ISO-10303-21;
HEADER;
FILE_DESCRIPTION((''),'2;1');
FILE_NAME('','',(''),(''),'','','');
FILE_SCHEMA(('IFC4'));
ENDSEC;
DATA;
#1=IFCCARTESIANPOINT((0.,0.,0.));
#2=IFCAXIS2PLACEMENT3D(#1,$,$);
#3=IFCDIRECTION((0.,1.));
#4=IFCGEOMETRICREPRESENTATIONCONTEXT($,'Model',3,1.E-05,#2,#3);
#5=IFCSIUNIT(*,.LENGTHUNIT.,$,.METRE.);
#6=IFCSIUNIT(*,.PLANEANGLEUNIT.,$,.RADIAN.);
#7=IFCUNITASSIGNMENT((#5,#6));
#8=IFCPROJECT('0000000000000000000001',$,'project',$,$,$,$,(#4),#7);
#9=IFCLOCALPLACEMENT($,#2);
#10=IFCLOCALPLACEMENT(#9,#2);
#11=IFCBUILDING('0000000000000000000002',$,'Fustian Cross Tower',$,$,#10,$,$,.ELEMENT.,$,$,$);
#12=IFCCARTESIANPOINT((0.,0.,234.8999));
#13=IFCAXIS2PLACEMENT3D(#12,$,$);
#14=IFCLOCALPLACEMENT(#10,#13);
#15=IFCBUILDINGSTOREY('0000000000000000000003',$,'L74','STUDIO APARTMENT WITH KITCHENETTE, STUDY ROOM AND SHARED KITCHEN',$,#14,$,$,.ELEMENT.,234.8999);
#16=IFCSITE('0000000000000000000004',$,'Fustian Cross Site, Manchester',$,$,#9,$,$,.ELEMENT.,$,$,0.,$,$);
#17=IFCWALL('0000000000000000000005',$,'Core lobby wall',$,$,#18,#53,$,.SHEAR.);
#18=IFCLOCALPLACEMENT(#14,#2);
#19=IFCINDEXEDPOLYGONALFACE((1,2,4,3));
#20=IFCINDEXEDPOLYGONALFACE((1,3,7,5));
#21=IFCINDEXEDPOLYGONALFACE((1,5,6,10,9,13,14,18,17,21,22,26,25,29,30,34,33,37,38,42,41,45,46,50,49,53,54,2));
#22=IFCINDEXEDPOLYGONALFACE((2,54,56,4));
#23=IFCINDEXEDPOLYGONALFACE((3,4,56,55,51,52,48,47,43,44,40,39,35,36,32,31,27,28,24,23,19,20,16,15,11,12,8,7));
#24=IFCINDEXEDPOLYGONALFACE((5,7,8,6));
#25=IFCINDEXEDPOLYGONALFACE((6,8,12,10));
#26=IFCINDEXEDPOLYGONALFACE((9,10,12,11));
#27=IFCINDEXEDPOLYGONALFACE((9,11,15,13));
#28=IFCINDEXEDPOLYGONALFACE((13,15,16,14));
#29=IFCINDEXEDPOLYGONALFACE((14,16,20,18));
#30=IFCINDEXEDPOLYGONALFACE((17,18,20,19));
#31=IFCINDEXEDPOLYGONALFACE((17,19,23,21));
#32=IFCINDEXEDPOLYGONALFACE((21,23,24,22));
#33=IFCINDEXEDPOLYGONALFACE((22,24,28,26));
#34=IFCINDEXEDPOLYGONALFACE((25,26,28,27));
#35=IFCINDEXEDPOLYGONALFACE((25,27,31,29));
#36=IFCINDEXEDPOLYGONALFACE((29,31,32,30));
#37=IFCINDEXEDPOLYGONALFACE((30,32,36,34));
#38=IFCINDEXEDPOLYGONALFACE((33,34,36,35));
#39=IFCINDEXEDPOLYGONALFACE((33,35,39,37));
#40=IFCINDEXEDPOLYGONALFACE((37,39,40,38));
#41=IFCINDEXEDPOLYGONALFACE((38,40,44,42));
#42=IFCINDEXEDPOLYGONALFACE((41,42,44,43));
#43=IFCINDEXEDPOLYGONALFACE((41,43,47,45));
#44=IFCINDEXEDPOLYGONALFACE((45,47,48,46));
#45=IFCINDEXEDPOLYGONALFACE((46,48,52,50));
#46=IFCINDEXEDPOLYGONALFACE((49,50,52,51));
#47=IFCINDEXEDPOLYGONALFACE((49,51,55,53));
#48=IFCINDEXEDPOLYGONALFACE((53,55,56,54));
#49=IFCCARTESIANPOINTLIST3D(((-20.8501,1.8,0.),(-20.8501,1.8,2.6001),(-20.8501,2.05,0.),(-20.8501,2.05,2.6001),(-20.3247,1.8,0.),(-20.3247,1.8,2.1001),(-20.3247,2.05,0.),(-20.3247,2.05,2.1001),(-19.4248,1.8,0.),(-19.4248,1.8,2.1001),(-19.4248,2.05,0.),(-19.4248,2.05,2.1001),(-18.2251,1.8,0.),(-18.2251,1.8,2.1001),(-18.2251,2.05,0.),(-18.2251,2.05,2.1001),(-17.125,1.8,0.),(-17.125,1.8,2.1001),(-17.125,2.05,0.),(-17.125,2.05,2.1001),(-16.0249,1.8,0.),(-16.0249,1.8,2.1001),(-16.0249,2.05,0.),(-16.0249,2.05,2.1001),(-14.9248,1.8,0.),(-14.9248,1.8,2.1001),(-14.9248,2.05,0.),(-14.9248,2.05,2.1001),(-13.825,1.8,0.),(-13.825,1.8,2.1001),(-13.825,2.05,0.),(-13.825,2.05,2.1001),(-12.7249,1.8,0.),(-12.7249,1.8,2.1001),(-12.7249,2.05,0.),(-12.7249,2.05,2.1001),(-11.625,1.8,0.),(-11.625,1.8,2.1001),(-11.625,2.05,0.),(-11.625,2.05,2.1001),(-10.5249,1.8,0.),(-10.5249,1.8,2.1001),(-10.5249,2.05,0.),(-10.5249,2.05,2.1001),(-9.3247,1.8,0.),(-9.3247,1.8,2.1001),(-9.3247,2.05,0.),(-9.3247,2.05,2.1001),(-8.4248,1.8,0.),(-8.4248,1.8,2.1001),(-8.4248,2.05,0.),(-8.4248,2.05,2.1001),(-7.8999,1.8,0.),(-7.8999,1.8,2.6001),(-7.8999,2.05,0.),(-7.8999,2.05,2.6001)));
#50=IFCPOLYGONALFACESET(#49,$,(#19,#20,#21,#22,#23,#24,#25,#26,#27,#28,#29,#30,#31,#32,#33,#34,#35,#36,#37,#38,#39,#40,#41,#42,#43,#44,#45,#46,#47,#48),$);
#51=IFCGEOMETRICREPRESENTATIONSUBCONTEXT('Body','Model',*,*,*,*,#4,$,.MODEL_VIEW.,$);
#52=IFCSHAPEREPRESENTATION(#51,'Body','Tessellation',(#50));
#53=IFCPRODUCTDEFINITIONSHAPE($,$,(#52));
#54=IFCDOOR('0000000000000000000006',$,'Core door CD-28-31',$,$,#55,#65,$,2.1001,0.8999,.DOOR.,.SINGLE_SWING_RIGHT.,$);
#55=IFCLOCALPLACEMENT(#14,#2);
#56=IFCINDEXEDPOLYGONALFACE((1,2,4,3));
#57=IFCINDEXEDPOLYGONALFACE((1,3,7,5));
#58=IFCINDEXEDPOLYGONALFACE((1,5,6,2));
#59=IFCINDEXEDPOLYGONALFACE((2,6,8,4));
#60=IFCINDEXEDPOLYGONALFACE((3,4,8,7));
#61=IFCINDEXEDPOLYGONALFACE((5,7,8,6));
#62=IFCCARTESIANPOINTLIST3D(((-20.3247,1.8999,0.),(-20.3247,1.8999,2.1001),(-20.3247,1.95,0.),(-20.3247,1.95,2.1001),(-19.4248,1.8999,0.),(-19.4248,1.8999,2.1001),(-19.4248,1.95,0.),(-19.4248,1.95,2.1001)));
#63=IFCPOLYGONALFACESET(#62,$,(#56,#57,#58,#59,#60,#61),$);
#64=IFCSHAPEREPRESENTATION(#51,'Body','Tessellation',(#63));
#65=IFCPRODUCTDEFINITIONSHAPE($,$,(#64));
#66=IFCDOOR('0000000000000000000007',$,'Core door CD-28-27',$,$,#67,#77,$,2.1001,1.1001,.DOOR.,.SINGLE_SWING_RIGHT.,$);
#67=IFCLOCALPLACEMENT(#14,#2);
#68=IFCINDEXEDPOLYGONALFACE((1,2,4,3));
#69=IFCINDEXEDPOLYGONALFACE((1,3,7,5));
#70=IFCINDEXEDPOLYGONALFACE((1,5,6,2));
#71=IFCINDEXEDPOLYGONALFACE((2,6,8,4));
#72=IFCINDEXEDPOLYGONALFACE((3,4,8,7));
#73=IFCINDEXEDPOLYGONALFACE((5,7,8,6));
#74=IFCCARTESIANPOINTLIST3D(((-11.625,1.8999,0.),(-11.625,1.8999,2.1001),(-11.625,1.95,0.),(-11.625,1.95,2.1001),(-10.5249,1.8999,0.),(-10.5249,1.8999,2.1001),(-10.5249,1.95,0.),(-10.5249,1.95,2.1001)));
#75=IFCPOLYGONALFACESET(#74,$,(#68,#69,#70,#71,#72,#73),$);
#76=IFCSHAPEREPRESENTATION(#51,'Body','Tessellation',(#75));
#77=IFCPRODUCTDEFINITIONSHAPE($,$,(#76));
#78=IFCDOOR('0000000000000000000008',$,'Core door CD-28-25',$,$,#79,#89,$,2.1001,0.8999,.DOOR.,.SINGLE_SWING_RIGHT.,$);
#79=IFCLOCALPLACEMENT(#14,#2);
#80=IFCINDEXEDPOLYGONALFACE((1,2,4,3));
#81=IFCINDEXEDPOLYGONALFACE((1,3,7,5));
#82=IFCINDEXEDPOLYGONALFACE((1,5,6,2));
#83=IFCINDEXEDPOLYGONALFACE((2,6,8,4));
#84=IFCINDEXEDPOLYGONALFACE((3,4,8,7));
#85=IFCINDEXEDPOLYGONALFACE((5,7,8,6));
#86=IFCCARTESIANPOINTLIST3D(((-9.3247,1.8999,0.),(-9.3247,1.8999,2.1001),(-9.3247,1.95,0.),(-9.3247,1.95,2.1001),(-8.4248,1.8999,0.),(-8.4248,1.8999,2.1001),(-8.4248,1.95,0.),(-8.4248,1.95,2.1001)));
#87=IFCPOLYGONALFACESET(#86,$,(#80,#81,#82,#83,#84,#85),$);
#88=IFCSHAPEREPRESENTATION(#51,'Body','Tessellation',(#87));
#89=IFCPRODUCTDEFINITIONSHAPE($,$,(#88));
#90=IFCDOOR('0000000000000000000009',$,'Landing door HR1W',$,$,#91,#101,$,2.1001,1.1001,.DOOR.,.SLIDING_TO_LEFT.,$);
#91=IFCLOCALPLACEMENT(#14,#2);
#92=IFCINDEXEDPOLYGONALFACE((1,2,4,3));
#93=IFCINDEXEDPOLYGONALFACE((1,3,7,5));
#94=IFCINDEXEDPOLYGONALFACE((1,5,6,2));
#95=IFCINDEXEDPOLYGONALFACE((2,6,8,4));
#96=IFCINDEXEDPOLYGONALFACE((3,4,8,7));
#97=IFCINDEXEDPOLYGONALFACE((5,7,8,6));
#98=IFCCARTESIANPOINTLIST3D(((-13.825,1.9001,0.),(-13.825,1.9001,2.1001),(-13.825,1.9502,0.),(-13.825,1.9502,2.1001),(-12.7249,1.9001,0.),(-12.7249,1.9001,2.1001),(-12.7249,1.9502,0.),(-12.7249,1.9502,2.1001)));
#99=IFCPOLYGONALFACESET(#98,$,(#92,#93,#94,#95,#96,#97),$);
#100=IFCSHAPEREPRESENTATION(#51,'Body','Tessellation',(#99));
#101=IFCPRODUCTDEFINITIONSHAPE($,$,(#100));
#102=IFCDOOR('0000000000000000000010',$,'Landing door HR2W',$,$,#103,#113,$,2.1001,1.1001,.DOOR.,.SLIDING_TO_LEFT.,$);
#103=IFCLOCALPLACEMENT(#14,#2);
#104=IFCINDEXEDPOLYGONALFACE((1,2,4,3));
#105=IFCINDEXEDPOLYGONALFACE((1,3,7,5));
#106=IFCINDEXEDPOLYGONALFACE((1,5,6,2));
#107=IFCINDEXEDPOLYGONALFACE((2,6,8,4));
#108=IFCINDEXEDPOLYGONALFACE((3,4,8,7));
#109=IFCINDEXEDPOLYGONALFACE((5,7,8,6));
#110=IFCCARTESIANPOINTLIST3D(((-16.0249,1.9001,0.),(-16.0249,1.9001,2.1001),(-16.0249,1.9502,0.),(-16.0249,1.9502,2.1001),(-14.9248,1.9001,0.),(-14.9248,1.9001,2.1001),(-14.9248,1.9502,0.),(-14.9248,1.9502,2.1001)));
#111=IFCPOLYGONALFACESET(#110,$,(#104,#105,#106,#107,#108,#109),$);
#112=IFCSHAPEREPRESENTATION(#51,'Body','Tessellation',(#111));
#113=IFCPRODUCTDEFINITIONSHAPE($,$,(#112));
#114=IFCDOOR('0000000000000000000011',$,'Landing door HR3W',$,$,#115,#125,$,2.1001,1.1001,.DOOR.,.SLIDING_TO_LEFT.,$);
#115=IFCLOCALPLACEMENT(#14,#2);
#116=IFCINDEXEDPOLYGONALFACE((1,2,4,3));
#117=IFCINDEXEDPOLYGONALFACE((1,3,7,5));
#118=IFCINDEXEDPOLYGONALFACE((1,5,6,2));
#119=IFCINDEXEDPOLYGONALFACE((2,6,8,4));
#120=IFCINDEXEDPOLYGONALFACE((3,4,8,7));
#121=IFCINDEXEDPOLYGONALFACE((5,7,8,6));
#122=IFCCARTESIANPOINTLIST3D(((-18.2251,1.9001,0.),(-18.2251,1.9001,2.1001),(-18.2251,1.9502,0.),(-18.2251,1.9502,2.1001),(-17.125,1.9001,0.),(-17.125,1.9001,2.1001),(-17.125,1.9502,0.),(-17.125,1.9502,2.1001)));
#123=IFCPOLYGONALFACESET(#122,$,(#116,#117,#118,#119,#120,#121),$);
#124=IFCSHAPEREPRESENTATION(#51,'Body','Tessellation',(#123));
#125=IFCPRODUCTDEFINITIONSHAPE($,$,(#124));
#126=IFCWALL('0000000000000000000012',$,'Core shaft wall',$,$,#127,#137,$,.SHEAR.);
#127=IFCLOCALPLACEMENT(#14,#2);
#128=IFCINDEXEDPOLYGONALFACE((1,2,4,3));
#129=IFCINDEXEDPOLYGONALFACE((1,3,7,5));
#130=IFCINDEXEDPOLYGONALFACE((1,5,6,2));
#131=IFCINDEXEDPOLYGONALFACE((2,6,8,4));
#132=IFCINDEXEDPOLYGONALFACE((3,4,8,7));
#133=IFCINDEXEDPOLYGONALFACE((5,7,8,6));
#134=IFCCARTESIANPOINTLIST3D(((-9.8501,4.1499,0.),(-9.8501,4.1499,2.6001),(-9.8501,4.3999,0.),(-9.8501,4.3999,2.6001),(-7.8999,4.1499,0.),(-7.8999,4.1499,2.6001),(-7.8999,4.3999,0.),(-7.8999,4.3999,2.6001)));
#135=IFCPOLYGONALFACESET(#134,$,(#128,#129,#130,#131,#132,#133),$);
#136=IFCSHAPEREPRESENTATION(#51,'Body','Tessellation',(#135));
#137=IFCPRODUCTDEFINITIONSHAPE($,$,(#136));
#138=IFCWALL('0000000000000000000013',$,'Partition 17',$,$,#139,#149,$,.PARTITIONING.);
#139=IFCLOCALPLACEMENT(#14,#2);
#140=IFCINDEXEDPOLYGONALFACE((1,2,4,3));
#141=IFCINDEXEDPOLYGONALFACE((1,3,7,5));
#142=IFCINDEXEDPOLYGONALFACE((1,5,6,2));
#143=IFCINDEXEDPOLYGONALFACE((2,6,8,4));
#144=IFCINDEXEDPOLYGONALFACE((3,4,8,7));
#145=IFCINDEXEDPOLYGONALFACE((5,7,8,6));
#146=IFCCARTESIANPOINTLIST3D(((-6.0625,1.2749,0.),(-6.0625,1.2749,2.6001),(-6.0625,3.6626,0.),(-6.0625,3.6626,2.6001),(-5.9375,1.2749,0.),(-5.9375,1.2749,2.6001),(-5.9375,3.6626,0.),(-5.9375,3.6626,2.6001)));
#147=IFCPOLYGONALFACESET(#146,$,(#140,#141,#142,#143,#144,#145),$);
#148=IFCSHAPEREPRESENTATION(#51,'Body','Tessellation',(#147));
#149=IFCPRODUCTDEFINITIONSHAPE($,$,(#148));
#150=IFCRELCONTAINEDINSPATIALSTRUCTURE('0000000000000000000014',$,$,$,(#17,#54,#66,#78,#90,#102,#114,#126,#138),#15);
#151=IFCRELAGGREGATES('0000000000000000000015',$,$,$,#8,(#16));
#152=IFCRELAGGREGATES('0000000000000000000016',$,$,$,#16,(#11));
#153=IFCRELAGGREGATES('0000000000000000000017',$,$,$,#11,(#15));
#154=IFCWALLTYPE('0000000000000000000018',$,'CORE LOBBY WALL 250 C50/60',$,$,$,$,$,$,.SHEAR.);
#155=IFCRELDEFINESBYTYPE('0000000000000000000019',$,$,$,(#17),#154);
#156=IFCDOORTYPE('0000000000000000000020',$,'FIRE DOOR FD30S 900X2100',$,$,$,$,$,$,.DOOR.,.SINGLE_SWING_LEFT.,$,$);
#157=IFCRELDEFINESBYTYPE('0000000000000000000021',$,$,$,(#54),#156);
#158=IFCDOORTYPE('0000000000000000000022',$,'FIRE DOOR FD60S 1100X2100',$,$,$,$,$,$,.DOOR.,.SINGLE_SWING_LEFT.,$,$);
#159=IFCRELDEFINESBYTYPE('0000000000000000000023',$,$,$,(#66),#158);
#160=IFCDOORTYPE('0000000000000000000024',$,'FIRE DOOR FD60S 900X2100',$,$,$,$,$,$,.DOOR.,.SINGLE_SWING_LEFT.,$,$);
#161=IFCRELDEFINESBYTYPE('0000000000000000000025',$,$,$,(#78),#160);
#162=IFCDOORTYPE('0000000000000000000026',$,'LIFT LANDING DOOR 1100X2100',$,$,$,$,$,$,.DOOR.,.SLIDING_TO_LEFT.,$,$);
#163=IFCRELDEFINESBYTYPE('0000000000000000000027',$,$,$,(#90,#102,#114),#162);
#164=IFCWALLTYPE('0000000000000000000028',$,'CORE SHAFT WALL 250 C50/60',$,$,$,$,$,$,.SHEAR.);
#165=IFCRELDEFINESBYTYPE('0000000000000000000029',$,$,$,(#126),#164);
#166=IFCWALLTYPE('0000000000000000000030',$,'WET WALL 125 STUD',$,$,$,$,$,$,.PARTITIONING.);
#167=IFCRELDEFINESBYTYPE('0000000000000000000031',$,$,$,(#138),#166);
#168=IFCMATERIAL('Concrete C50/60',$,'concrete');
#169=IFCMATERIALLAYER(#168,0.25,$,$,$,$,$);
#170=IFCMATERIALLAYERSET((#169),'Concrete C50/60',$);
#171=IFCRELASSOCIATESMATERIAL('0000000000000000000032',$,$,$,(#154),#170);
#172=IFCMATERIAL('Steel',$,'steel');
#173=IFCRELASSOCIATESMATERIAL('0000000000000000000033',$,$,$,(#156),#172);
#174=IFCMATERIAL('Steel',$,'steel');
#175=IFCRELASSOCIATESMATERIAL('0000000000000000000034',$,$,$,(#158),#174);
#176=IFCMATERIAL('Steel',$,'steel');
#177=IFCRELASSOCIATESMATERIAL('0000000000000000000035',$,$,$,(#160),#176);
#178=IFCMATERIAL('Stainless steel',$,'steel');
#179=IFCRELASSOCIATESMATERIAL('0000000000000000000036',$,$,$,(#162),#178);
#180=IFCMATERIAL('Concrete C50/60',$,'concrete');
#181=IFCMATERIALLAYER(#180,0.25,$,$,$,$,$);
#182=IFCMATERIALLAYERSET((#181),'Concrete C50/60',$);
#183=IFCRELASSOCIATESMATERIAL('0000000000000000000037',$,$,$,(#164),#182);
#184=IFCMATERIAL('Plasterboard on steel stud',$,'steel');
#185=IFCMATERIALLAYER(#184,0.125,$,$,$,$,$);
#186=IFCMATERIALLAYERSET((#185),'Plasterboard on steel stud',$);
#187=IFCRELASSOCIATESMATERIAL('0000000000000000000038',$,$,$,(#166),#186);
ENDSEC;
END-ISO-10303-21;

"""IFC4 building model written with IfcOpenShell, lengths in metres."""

from ifc_helpers import new_model, si_unit, direction, frame, frame_2d, origin, place, context, subcontext, project, spatial, rectangle, extrude, material, layer, layer_set, type_object, element, fill, save


model = new_model("IFC4")

# Units and contexts
model_context = context("Model", 3, precision=1e-05, world=origin(), true_north=direction((0.0, 1.0)))
body_context = subcontext(model_context, "Body", "Model", "MODEL_VIEW")
ifc_project = project(units=[si_unit("LENGTHUNIT", "METRE"), si_unit("PLANEANGLEUNIT", "RADIAN")], contexts=[model_context])

# Site, building, storey
site_placement = place(None, origin())
site = spatial("IfcSite", under=ifc_project, at=site_placement, Name="Fustian Cross Site, Manchester", CompositionType="ELEMENT", RefElevation=0.0)
building_placement = place(site_placement, origin())
building = spatial("IfcBuilding", under=site, at=building_placement, Name="Fustian Cross Tower", CompositionType="ELEMENT")
storey_placement = place(building_placement, frame((0.0, 0.0, 234.8999)))
storey = spatial("IfcBuildingStorey", under=building, at=storey_placement, Name="L74", Description="STUDIO APARTMENT WITH KITCHENETTE, STUDY ROOM AND SHARED KITCHEN", CompositionType="ELEMENT", Elevation=234.8999)

# Wall, openings, doors
ifc_material_1 = material(Name="Concrete C50/60", Category="concrete")
ifc_layer_1 = layer(ifc_material_1, 0.25)
ifc_layer_set_1 = layer_set([ifc_layer_1], Name="Concrete C50/60")
wall_type_1 = type_object("IfcWallType", Name="CORE LOBBY WALL 250 C50/60", PredefinedType="SHEAR", material=ifc_layer_set_1)
wall_1_placement = place(storey_placement, frame((-7.8999, 1.925, 0.0), z_axis=(0.0, 0.0, 1.0), x_axis=(-1.0, 0.0, 0.0)))
wall_1 = element("IfcWall", 1, at=wall_1_placement, inside=storey, type_object=wall_type_1, Name="Core lobby wall", PredefinedType="SHEAR", context=body_context, shape_type="SweptSolid", body=[
    extrude(rectangle(XDim=12.9502, YDim=0.25, at=frame_2d((6.4751, 0.0))), origin(), (0.0, 0.0, 1.0), 2.6001),
])
opening_1_placement = place(wall_1_placement, frame((4.825, 0.0, 0.0)))
opening_1 = element("IfcOpeningElement", 2, at=opening_1_placement, cuts=wall_1, PredefinedType="OPENING", context=body_context, shape_type="SweptSolid", body=[
    extrude(rectangle(XDim=1.1001, YDim=2.1001, at=frame_2d((0.55, 1.05))), frame((0.0, 0.135, 0.0), z_axis=(0.0, -1.0, 0.0), x_axis=(1.0, 0.0, 0.0)), (0.0, 0.0, 1.0), 0.27),
])
opening_2_placement = place(wall_1_placement, frame((7.0249, 0.0, 0.0)))
opening_2 = element("IfcOpeningElement", 3, at=opening_2_placement, cuts=wall_1, PredefinedType="OPENING", context=body_context, shape_type="SweptSolid", body=[
    extrude(rectangle(XDim=1.1001, YDim=2.1001, at=frame_2d((0.55, 1.05))), frame((0.0, 0.135, 0.0), z_axis=(0.0, -1.0, 0.0), x_axis=(1.0, 0.0, 0.0)), (0.0, 0.0, 1.0), 0.27),
])
opening_3_placement = place(wall_1_placement, frame((9.2251, 0.0, 0.0)))
opening_3 = element("IfcOpeningElement", 4, at=opening_3_placement, cuts=wall_1, PredefinedType="OPENING", context=body_context, shape_type="SweptSolid", body=[
    extrude(rectangle(XDim=1.1001, YDim=2.1001, at=frame_2d((0.55, 1.05))), frame((0.0, 0.135, 0.0), z_axis=(0.0, -1.0, 0.0), x_axis=(1.0, 0.0, 0.0)), (0.0, 0.0, 1.0), 0.27),
])
opening_4_placement = place(wall_1_placement, frame((0.5249, 0.0, 0.0)))
opening_4 = element("IfcOpeningElement", 5, at=opening_4_placement, cuts=wall_1, PredefinedType="OPENING", context=body_context, shape_type="SweptSolid", body=[
    extrude(rectangle(XDim=0.8999, YDim=2.1001, at=frame_2d((0.45, 1.05))), frame((0.0, 0.135, 0.0), z_axis=(0.0, -1.0, 0.0), x_axis=(1.0, 0.0, 0.0)), (0.0, 0.0, 1.0), 0.27),
])
opening_5_placement = place(wall_1_placement, frame((2.625, 0.0, 0.0)))
opening_5 = element("IfcOpeningElement", 6, at=opening_5_placement, cuts=wall_1, PredefinedType="OPENING", context=body_context, shape_type="SweptSolid", body=[
    extrude(rectangle(XDim=1.1001, YDim=2.1001, at=frame_2d((0.55, 1.05))), frame((0.0, 0.135, 0.0), z_axis=(0.0, -1.0, 0.0), x_axis=(1.0, 0.0, 0.0)), (0.0, 0.0, 1.0), 0.27),
])
opening_6_placement = place(wall_1_placement, frame((11.5249, 0.0, 0.0)))
opening_6 = element("IfcOpeningElement", 7, at=opening_6_placement, cuts=wall_1, PredefinedType="OPENING", context=body_context, shape_type="SweptSolid", body=[
    extrude(rectangle(XDim=0.8999, YDim=2.1001, at=frame_2d((0.45, 1.05))), frame((0.0, 0.135, 0.0), z_axis=(0.0, -1.0, 0.0), x_axis=(1.0, 0.0, 0.0)), (0.0, 0.0, 1.0), 0.27),
])
ifc_material_2 = material(Name="Steel", Category="steel")
door_type_1 = type_object("IfcDoorType", Name="FIRE DOOR FD30S 900X2100", OperationType="SINGLE_SWING_LEFT", PredefinedType="DOOR", material=ifc_material_2)
door_1_placement = place(opening_6_placement, frame((0.8999, 0.0, 0.0), z_axis=(0.0, 0.0, 1.0), x_axis=(-1.0, 0.0, 0.0)))
door_1 = element("IfcDoor", 8, at=door_1_placement, inside=storey, type_object=door_type_1, Name="Core door CD-28-31", OperationType="SINGLE_SWING_RIGHT", OverallHeight=2.1001, OverallWidth=0.8999, PredefinedType="DOOR", context=body_context, shape_type="SweptSolid", body=[
    extrude(rectangle(XDim=0.8999, YDim=2.1001, at=frame_2d((0.45, 1.05))), frame((0.0, 0.0249, 0.0), z_axis=(0.0, -1.0, 0.0), x_axis=(1.0, 0.0, 0.0)), (0.0, 0.0, 1.0), 0.05),
])
fill(opening_6, door_1)
ifc_material_3 = material(Name="Steel", Category="steel")
door_type_2 = type_object("IfcDoorType", Name="FIRE DOOR FD60S 1100X2100", OperationType="SINGLE_SWING_LEFT", PredefinedType="DOOR", material=ifc_material_3)
door_2_placement = place(opening_5_placement, frame((1.1001, 0.0, 0.0), z_axis=(0.0, 0.0, 1.0), x_axis=(-1.0, 0.0, 0.0)))
door_2 = element("IfcDoor", 9, at=door_2_placement, inside=storey, type_object=door_type_2, Name="Core door CD-28-27", OperationType="SINGLE_SWING_RIGHT", OverallHeight=2.1001, OverallWidth=1.1001, PredefinedType="DOOR", context=body_context, shape_type="SweptSolid", body=[
    extrude(rectangle(XDim=1.1001, YDim=2.1001, at=frame_2d((0.55, 1.05))), frame((0.0, 0.0249, 0.0), z_axis=(0.0, -1.0, 0.0), x_axis=(1.0, 0.0, 0.0)), (0.0, 0.0, 1.0), 0.05),
])
fill(opening_5, door_2)
ifc_material_4 = material(Name="Steel", Category="steel")
door_type_3 = type_object("IfcDoorType", Name="FIRE DOOR FD60S 900X2100", OperationType="SINGLE_SWING_LEFT", PredefinedType="DOOR", material=ifc_material_4)
door_3_placement = place(opening_4_placement, frame((0.8999, 0.0, 0.0), z_axis=(0.0, 0.0, 1.0), x_axis=(-1.0, 0.0, 0.0)))
door_3 = element("IfcDoor", 10, at=door_3_placement, inside=storey, type_object=door_type_3, Name="Core door CD-28-25", OperationType="SINGLE_SWING_RIGHT", OverallHeight=2.1001, OverallWidth=0.8999, PredefinedType="DOOR", context=body_context, shape_type="SweptSolid", body=[
    extrude(rectangle(XDim=0.8999, YDim=2.1001, at=frame_2d((0.45, 1.05))), frame((0.0, 0.0249, 0.0), z_axis=(0.0, -1.0, 0.0), x_axis=(1.0, 0.0, 0.0)), (0.0, 0.0, 1.0), 0.05),
])
fill(opening_4, door_3)
ifc_material_5 = material(Name="Stainless steel", Category="steel")
door_type_4 = type_object("IfcDoorType", Name="LIFT LANDING DOOR 1100X2100", OperationType="SLIDING_TO_LEFT", PredefinedType="DOOR", material=ifc_material_5)
door_4_placement = place(opening_1_placement, origin())
door_4 = element("IfcDoor", 11, at=door_4_placement, inside=storey, type_object=door_type_4, Name="Landing door HR1W", OperationType="SLIDING_TO_LEFT", OverallHeight=2.1001, OverallWidth=1.1001, PredefinedType="DOOR", context=body_context, shape_type="SweptSolid", body=[
    extrude(rectangle(XDim=1.1001, YDim=2.1001, at=frame_2d((0.55, 1.05))), frame((0.0, 0.0249, 0.0), z_axis=(0.0, -1.0, 0.0), x_axis=(1.0, 0.0, 0.0)), (0.0, 0.0, 1.0), 0.05),
])
fill(opening_1, door_4)
door_5_placement = place(opening_2_placement, origin())
door_5 = element("IfcDoor", 12, at=door_5_placement, inside=storey, type_object=door_type_4, Name="Landing door HR2W", OperationType="SLIDING_TO_LEFT", OverallHeight=2.1001, OverallWidth=1.1001, PredefinedType="DOOR", context=body_context, shape_type="SweptSolid", body=[
    extrude(rectangle(XDim=1.1001, YDim=2.1001, at=frame_2d((0.55, 1.05))), frame((0.0, 0.0249, 0.0), z_axis=(0.0, -1.0, 0.0), x_axis=(1.0, 0.0, 0.0)), (0.0, 0.0, 1.0), 0.05),
])
fill(opening_2, door_5)
door_6_placement = place(opening_3_placement, origin())
door_6 = element("IfcDoor", 13, at=door_6_placement, inside=storey, type_object=door_type_4, Name="Landing door HR3W", OperationType="SLIDING_TO_LEFT", OverallHeight=2.1001, OverallWidth=1.1001, PredefinedType="DOOR", context=body_context, shape_type="SweptSolid", body=[
    extrude(rectangle(XDim=1.1001, YDim=2.1001, at=frame_2d((0.55, 1.05))), frame((0.0, 0.0249, 0.0), z_axis=(0.0, -1.0, 0.0), x_axis=(1.0, 0.0, 0.0)), (0.0, 0.0, 1.0), 0.05),
])
fill(opening_3, door_6)

# Walls
ifc_material_6 = material(Name="Concrete C50/60", Category="concrete")
ifc_layer_2 = layer(ifc_material_6, 0.25)
ifc_layer_set_2 = layer_set([ifc_layer_2], Name="Concrete C50/60")
wall_type_2 = type_object("IfcWallType", Name="CORE SHAFT WALL 250 C50/60", PredefinedType="SHEAR", material=ifc_layer_set_2)
wall_2_placement = place(storey_placement, frame((-7.8999, 4.2749, 0.0), z_axis=(0.0, 0.0, 1.0), x_axis=(-1.0, 0.0, 0.0)))
element("IfcWall", 14, at=wall_2_placement, inside=storey, type_object=wall_type_2, Name="Core shaft wall", PredefinedType="SHEAR", context=body_context, shape_type="SweptSolid", body=[
    extrude(rectangle(XDim=1.9502, YDim=0.25, at=frame_2d((0.9751, 0.0))), origin(), (0.0, 0.0, 1.0), 2.6001),
])
ifc_material_7 = material(Name="Plasterboard on steel stud", Category="steel")
ifc_layer_3 = layer(ifc_material_7, 0.125)
ifc_layer_set_3 = layer_set([ifc_layer_3], Name="Plasterboard on steel stud")
wall_type_3 = type_object("IfcWallType", Name="WET WALL 125 STUD", PredefinedType="PARTITIONING", material=ifc_layer_set_3)
wall_3_placement = place(storey_placement, frame((-6.0, 1.2749, 0.0), z_axis=(0.0, 0.0, 1.0), x_axis=(0.0, 1.0, 0.0)))
element("IfcWall", 15, at=wall_3_placement, inside=storey, type_object=wall_type_3, Name="Partition 17", PredefinedType="PARTITIONING", context=body_context, shape_type="SweptSolid", body=[
    extrude(rectangle(XDim=2.3877, YDim=0.125, at=frame_2d((1.1938, 0.0))), origin(), (0.0, 0.0, 1.0), 2.6001),
])

save(model, "model.ifc")
